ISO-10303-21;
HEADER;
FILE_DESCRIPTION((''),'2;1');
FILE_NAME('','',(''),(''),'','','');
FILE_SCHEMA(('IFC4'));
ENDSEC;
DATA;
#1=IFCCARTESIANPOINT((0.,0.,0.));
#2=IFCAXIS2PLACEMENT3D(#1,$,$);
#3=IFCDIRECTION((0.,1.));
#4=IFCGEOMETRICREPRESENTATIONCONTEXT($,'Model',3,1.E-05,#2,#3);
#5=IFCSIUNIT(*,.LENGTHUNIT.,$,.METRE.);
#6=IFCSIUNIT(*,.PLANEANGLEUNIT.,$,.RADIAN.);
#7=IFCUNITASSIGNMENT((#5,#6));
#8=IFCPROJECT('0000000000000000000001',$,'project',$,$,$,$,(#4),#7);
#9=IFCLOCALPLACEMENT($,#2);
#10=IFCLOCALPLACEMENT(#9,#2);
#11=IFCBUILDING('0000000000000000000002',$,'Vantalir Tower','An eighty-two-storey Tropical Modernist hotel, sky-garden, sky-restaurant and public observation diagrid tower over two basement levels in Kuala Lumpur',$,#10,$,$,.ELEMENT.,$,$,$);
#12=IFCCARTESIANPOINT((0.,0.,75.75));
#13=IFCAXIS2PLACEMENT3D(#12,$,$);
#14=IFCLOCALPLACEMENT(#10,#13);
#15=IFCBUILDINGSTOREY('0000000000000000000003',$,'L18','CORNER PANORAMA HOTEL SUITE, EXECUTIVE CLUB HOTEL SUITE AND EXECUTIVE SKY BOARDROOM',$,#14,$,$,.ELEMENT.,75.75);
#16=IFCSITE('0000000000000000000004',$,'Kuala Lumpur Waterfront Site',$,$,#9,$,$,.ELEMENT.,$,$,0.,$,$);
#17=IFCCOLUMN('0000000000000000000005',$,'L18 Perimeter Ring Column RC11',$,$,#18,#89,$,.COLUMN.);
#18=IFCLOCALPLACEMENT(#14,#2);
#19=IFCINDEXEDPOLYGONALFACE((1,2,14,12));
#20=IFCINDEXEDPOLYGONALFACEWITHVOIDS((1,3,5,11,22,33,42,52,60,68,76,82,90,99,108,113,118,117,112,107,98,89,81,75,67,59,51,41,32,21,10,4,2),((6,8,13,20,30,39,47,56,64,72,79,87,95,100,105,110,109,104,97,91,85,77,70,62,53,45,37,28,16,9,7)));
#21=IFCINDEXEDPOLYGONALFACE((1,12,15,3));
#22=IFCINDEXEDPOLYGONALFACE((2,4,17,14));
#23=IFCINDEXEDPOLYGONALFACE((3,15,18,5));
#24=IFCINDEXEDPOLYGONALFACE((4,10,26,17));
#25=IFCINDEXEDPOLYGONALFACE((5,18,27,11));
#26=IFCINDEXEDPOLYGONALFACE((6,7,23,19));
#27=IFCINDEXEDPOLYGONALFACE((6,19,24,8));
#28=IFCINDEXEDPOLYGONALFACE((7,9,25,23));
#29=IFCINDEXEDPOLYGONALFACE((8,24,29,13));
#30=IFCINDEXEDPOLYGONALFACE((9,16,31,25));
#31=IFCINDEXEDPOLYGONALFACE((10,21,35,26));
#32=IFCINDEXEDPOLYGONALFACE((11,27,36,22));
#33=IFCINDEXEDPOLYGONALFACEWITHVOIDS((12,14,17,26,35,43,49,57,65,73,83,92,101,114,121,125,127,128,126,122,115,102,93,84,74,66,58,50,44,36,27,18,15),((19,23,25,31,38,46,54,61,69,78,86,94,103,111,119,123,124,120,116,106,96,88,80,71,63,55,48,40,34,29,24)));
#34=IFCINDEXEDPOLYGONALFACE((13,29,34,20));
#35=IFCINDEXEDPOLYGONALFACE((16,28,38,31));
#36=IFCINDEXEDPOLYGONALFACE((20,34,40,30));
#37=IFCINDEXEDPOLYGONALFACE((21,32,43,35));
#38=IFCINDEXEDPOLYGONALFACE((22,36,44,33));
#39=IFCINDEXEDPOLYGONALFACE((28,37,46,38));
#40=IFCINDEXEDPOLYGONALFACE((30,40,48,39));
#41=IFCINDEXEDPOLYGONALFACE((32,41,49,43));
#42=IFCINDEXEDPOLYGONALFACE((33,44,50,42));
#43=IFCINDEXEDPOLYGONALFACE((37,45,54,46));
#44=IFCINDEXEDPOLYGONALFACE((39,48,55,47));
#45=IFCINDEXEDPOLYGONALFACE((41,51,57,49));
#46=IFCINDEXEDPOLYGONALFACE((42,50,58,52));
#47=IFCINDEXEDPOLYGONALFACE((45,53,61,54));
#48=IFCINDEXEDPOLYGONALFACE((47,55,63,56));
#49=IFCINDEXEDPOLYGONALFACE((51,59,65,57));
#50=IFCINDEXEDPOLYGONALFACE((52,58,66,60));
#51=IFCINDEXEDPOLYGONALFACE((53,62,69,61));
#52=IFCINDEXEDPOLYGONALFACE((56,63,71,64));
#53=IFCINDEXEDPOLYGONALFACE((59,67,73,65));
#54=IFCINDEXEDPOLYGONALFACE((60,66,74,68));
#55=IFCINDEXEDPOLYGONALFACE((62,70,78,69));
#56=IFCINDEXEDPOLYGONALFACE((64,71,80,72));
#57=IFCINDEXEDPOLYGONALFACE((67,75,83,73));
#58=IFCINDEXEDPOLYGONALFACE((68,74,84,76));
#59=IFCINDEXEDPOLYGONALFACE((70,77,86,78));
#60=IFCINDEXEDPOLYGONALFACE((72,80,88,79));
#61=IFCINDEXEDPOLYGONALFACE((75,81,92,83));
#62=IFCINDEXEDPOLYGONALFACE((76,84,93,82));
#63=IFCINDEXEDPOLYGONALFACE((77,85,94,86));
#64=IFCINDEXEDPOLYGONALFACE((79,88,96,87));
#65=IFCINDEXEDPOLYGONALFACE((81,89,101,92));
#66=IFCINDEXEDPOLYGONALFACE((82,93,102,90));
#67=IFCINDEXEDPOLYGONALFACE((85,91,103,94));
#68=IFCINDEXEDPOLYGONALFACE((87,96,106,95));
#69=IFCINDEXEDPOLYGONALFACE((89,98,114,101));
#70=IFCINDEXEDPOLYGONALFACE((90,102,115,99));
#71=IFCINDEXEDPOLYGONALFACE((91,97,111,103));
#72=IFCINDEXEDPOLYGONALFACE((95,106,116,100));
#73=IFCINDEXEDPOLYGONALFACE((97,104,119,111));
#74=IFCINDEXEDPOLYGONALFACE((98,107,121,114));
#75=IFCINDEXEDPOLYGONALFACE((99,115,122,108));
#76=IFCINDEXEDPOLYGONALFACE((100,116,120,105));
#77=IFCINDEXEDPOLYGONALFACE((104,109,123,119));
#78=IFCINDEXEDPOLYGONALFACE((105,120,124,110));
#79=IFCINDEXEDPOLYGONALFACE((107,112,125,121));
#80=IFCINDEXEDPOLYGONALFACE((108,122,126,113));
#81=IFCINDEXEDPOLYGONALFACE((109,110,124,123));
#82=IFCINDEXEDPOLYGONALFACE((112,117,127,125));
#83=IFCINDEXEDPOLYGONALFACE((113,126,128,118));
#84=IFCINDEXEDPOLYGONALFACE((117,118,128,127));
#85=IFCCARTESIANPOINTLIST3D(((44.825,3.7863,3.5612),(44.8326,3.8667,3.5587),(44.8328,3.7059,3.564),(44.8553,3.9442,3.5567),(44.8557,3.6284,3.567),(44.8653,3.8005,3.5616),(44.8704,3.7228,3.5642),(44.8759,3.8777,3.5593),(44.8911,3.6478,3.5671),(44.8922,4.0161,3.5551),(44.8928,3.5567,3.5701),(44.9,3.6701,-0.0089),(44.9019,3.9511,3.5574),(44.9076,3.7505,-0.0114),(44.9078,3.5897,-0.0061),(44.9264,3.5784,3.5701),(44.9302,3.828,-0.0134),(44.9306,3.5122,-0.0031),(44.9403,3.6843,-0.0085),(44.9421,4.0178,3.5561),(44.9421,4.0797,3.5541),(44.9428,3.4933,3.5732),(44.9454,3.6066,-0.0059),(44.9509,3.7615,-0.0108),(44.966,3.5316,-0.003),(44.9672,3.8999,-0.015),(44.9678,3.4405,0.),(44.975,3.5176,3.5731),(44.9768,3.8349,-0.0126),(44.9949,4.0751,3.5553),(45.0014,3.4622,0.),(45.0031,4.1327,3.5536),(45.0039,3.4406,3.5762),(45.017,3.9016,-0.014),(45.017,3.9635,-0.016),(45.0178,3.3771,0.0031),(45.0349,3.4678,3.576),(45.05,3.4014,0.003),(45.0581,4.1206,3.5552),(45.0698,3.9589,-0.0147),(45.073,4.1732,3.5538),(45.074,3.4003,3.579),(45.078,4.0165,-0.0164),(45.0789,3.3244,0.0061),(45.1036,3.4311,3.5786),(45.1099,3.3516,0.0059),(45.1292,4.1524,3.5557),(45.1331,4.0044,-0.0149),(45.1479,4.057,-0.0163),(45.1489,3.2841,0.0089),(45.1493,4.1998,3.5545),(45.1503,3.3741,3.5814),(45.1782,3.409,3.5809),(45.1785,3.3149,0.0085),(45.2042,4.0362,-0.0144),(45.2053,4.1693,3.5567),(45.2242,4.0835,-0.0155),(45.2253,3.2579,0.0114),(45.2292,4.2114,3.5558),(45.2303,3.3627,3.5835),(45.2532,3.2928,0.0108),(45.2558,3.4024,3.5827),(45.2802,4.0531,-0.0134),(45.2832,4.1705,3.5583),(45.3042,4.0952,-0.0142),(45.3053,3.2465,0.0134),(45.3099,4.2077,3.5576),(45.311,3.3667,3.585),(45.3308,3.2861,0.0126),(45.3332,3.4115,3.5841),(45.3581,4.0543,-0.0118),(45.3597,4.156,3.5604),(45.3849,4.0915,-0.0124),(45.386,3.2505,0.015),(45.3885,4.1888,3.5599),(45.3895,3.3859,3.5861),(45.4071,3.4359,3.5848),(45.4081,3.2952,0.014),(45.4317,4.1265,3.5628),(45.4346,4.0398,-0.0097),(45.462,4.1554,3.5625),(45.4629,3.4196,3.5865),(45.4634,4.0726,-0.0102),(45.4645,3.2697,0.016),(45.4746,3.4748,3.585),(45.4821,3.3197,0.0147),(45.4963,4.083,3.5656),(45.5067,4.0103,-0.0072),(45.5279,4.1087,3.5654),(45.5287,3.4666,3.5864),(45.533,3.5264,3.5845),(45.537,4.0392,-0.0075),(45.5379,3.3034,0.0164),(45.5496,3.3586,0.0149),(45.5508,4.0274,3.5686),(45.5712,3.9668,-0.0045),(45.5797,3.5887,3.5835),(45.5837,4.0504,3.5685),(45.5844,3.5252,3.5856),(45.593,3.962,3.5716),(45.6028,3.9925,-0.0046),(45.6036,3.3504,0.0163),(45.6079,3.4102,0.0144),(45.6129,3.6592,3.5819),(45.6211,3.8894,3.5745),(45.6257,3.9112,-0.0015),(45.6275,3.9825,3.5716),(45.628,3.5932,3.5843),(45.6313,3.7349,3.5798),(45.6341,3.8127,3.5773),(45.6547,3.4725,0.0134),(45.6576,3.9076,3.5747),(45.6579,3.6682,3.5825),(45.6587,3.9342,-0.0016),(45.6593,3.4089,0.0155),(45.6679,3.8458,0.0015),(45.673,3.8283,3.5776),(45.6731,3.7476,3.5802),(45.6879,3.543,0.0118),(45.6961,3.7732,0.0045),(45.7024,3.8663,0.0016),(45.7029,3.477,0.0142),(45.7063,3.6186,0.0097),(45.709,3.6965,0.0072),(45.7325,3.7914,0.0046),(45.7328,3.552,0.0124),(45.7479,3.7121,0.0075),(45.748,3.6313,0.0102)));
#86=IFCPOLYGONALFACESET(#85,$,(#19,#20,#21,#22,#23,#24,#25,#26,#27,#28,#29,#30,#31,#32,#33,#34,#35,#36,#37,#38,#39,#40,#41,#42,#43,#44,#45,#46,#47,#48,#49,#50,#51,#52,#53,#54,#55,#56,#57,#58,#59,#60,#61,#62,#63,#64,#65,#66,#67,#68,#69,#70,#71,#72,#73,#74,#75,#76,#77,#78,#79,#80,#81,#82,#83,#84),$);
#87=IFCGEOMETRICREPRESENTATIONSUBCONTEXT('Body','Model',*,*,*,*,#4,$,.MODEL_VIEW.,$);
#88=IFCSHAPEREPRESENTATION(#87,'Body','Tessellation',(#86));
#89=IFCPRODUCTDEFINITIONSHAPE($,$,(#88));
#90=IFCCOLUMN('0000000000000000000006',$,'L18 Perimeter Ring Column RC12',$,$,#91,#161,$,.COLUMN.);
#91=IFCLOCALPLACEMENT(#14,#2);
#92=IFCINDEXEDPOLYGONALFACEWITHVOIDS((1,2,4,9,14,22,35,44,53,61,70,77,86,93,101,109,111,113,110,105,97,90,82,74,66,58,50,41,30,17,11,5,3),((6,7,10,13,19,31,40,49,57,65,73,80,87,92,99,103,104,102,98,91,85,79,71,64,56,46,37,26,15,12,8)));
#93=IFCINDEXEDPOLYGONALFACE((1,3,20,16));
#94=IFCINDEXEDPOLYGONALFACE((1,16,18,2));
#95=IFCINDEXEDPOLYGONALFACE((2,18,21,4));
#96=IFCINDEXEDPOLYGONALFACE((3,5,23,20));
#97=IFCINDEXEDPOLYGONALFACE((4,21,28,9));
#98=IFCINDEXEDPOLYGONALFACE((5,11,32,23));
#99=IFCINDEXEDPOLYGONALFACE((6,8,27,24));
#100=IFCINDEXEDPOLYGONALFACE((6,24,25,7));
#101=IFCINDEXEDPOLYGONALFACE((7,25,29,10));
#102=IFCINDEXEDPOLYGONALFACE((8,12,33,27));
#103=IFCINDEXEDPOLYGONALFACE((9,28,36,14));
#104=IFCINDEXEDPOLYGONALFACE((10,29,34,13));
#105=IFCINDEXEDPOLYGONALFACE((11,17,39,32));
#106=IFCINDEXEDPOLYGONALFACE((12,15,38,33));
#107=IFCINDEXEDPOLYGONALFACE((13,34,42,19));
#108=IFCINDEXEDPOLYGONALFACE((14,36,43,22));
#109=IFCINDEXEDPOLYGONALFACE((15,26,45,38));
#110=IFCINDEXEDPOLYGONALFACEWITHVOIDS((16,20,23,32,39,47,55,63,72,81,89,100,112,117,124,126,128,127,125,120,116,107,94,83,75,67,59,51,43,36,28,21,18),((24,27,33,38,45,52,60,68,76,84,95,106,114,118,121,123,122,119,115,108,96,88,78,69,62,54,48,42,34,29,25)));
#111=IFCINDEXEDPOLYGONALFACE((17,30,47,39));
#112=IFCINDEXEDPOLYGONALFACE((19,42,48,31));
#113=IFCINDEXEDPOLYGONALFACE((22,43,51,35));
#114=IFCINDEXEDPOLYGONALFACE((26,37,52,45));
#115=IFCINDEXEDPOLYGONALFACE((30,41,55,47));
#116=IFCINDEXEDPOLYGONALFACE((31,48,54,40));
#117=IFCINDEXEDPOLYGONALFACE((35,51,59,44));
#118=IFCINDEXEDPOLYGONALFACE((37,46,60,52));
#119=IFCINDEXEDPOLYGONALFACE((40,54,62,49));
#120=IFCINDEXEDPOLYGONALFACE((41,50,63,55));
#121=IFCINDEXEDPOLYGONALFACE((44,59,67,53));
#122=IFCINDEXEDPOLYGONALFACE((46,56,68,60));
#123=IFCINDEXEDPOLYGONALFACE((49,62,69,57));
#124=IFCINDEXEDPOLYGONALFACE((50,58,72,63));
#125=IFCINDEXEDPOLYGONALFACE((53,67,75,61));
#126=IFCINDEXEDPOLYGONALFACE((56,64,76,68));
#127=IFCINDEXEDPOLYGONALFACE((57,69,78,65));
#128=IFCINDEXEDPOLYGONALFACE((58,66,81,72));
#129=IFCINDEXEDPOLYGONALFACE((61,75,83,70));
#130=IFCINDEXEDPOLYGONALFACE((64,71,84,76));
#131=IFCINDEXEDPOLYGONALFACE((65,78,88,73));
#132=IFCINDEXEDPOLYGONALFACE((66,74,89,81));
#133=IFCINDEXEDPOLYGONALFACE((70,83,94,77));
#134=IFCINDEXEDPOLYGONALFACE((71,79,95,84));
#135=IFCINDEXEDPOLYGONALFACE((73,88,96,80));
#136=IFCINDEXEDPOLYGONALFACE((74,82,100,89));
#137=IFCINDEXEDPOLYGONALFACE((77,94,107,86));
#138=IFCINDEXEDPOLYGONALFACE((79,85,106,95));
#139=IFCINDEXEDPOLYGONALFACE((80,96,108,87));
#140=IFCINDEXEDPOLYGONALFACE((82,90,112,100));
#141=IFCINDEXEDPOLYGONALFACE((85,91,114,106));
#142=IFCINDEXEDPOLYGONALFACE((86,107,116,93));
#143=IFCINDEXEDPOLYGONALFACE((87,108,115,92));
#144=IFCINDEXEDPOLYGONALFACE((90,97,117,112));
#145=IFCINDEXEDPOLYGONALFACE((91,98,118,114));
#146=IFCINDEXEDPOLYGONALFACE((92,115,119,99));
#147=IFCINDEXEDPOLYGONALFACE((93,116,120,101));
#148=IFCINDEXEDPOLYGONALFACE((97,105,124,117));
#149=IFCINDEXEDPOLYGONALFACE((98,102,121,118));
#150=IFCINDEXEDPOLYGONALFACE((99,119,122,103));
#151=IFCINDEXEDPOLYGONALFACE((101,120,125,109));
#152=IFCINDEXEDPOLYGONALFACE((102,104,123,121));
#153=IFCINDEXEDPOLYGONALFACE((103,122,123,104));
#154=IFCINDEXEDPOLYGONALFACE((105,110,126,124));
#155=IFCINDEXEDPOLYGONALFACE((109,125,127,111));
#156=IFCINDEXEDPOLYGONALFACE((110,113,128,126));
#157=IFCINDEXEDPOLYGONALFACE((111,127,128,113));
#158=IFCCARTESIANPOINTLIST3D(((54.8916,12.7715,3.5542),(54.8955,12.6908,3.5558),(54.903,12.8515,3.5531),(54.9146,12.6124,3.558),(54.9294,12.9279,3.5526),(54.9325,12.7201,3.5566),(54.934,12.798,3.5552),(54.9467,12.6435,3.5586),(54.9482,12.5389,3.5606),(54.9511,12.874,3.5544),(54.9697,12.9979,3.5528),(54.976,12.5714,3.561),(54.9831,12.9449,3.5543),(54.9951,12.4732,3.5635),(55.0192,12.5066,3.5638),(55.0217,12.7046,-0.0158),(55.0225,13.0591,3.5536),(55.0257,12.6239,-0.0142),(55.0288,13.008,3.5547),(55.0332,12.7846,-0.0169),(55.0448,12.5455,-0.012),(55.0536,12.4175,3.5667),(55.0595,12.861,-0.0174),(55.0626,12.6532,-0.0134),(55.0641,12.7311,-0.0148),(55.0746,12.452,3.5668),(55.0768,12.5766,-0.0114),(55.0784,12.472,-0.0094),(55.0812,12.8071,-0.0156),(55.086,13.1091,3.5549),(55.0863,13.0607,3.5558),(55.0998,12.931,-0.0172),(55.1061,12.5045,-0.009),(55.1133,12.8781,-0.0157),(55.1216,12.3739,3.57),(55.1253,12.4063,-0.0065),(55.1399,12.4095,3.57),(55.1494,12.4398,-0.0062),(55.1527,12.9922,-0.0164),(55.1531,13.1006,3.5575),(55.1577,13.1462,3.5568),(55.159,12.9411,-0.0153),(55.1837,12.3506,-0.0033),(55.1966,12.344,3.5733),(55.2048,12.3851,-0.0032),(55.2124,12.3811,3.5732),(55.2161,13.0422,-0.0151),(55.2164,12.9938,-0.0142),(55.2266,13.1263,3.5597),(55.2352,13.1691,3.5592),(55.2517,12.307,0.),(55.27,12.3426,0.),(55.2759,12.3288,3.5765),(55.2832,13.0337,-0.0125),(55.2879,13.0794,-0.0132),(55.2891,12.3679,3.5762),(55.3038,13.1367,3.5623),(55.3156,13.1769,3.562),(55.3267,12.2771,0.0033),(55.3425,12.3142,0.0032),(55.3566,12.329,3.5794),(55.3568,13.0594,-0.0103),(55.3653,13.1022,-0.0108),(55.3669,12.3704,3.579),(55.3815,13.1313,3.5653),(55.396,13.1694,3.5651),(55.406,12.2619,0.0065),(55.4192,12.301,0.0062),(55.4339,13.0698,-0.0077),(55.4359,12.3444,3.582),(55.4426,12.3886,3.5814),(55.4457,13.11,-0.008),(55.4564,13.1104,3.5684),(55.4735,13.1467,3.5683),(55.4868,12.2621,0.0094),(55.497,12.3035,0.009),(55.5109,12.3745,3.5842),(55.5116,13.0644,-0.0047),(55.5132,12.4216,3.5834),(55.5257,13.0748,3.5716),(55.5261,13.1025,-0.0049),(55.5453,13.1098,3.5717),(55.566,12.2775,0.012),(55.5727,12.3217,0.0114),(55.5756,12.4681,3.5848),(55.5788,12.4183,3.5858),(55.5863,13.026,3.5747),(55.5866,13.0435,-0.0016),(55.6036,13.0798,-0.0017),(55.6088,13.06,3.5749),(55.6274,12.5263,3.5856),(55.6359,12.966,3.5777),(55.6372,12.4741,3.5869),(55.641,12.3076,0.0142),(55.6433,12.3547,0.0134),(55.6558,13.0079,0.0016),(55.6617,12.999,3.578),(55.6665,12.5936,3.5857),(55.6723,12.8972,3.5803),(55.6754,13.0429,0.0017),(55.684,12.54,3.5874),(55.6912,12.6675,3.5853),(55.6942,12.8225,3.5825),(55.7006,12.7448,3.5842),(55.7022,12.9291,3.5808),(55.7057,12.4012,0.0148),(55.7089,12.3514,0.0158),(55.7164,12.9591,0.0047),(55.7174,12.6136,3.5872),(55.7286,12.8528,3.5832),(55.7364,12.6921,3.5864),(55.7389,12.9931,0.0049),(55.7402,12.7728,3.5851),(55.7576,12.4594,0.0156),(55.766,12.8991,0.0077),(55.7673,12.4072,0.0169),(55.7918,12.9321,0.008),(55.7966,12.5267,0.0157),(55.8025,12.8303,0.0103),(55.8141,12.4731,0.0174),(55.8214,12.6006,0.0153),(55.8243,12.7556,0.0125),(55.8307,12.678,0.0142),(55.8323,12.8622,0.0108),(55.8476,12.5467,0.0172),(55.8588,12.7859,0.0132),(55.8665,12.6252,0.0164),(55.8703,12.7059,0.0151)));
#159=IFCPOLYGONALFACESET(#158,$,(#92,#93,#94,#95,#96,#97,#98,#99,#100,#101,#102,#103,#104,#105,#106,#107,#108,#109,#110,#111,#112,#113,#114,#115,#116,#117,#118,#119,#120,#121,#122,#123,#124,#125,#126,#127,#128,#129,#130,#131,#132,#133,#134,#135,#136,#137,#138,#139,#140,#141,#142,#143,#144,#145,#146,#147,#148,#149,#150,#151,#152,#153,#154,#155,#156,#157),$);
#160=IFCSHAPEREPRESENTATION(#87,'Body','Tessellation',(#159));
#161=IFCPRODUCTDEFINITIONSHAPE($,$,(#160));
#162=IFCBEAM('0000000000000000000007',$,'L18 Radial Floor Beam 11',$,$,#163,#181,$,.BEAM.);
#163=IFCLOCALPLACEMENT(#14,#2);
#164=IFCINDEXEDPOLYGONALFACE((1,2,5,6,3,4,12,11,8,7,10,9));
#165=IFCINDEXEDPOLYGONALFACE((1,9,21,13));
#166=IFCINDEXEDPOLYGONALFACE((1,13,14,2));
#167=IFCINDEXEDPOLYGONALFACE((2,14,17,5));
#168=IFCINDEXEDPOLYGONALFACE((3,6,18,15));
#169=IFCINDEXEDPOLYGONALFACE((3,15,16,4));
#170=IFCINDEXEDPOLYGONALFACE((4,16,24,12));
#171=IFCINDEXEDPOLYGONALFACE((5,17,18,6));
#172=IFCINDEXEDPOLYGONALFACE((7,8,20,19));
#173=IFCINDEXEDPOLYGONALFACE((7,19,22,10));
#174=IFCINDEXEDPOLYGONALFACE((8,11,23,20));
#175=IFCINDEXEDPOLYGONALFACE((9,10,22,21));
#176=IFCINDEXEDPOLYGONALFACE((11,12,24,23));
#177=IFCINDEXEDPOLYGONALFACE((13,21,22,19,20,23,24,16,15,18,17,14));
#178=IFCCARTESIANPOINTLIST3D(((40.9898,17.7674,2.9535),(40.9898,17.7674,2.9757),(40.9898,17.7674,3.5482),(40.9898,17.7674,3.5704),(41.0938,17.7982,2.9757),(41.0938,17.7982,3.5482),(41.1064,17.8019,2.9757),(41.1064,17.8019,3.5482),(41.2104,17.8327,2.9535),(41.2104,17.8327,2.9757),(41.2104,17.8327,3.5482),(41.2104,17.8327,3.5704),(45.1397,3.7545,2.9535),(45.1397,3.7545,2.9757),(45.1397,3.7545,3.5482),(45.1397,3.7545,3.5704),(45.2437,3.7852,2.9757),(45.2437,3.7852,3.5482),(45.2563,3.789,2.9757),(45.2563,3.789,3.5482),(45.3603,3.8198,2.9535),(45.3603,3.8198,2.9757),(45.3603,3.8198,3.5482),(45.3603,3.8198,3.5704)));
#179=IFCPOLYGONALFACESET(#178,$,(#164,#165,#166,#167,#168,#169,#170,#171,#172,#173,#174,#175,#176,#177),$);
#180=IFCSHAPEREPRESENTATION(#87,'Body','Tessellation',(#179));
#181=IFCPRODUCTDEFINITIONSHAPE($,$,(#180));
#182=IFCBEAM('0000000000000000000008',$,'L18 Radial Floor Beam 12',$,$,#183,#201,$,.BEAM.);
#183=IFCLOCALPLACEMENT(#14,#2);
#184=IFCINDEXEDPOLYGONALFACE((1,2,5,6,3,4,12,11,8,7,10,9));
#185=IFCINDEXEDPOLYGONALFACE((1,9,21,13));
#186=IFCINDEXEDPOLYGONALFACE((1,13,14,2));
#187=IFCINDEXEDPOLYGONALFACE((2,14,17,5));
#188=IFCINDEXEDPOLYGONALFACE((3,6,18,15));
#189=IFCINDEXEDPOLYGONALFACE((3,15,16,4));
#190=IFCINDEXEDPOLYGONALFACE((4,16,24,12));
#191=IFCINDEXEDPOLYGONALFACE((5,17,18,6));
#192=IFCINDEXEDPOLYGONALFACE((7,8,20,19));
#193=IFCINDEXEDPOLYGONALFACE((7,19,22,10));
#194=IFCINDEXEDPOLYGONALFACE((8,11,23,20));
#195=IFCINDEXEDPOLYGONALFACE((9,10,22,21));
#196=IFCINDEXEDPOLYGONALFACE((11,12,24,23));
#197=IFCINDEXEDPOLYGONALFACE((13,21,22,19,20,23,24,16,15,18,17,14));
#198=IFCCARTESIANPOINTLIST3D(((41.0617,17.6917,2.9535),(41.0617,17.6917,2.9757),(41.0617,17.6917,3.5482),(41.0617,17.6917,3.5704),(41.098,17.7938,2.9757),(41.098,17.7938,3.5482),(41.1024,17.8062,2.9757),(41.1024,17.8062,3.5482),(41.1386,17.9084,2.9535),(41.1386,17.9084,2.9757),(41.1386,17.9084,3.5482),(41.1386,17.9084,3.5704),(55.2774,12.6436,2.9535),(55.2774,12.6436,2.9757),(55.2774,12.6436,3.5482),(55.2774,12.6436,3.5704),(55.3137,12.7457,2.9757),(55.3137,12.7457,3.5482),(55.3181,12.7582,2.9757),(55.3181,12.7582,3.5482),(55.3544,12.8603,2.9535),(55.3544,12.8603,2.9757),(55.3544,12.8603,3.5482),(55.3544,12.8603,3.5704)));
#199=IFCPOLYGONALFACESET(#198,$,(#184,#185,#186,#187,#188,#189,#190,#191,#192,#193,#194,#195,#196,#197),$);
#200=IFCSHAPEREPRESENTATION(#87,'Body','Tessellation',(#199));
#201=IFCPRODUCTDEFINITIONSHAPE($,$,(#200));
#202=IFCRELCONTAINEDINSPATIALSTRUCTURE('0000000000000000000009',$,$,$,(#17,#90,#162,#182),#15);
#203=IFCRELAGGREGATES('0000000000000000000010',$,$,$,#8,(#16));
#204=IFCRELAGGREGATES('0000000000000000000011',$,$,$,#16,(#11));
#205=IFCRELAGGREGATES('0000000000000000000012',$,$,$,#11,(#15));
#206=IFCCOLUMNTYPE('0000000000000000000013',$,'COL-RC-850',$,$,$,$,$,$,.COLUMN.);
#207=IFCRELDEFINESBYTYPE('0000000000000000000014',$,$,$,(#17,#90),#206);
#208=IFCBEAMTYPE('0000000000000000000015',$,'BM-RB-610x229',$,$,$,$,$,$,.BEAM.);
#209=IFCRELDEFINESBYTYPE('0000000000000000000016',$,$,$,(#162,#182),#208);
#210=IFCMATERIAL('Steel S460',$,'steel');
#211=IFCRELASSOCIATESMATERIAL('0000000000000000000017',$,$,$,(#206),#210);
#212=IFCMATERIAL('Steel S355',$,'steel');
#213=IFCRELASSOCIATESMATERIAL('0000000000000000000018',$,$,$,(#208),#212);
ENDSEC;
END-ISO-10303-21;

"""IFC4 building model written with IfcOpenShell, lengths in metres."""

from ifc_helpers import new_model, si_unit, direction, frame, origin, origin_2d, place, context, subcontext, project, spatial, hollow_circle, i_section, extrude, material, material_profile, profile_set, type_object, element, save


model = new_model("IFC4")

# Units and contexts
model_context = context("Model", 3, precision=1e-05, world=origin(), true_north=direction((0.0, 1.0)))
body_context = subcontext(model_context, "Body", "Model", "MODEL_VIEW")
ifc_project = project(units=[si_unit("LENGTHUNIT", "METRE"), si_unit("PLANEANGLEUNIT", "RADIAN")], contexts=[model_context])

# Site, building, storey
site_placement = place(None, origin())
site = spatial("IfcSite", under=ifc_project, at=site_placement, Name="Kuala Lumpur Waterfront Site", CompositionType="ELEMENT", RefElevation=0.0)
building_placement = place(site_placement, origin())
building = spatial("IfcBuilding", under=site, at=building_placement, Name="Vantalir Tower", Description="An eighty-two-storey Tropical Modernist hotel, sky-garden, sky-restaurant and public observation diagrid tower over two basement levels in Kuala Lumpur", CompositionType="ELEMENT")
storey_placement = place(building_placement, frame((0.0, 0.0, 75.75)))
storey = spatial("IfcBuildingStorey", under=building, at=storey_placement, Name="L18", Description="CORNER PANORAMA HOTEL SUITE, EXECUTIVE CLUB HOTEL SUITE AND EXECUTIVE SKY BOARDROOM", CompositionType="ELEMENT", Elevation=75.75)

# Columns
ifc_material_1 = material(Name="Steel S460", Category="steel")
ifc_material_profile_1 = material_profile(ifc_material_1, hollow_circle(Radius=0.425, WallThickness=0.04, at=origin_2d()), Name="Steel S460")
ifc_profile_set_1 = profile_set([ifc_material_profile_1], Name="Steel S460")
column_type = type_object("IfcColumnType", Name="COL-RC-850", PredefinedType="COLUMN", material=ifc_profile_set_1)
column_1_placement = place(storey_placement, frame((45.325, 3.6709, 0.0), z_axis=(-0.020979, 0.032527, 0.999251), x_axis=(-0.840374, -0.542006, 0.0)))
element("IfcColumn", 1, at=column_1_placement, inside=storey, type_object=column_type, Name="L18 Perimeter Ring Column RC11", PredefinedType="COLUMN", context=body_context, shape_type="SweptSolid", body=[
    extrude(hollow_circle(Radius=0.425, WallThickness=0.04, at=origin_2d()), origin(), (0.0, 0.0, 1.0), 3.5728),
])
column_2_placement = place(storey_placement, frame((55.446, 12.6851, 0.0), z_axis=(-0.036419, 0.018722, 0.999161), x_axis=(-0.457197, -0.889365, 0.0)))
element("IfcColumn", 2, at=column_2_placement, inside=storey, type_object=column_type, Name="L18 Perimeter Ring Column RC12", PredefinedType="COLUMN", context=body_context, shape_type="SweptSolid", body=[
    extrude(hollow_circle(Radius=0.425, WallThickness=0.04, at=origin_2d()), origin(), (0.0, 0.0, 1.0), 3.573),
])

# Beams
ifc_material_2 = material(Name="Steel S355", Category="steel")
ifc_material_profile_2 = material_profile(ifc_material_2, i_section(OverallWidth=0.23, OverallDepth=0.6169, WebThickness=0.0132, FlangeThickness=0.0222, at=origin_2d()), Name="Steel S355")
ifc_profile_set_2 = profile_set([ifc_material_profile_2], Name="Steel S355")
beam_type_1 = type_object("IfcBeamType", Name="BM-RB-610x229", PredefinedType="BEAM", material=ifc_profile_set_2)
beam_1_placement = place(storey_placement, frame((45.25, 3.7871, 3.262), z_axis=(-0.283958, 0.958837, 0.0), x_axis=(-0.958837, -0.283958, 0.0)))
element("IfcBeam", 3, at=beam_1_placement, inside=storey, type_object=beam_type_1, Name="L18 Radial Floor Beam 11", PredefinedType="BEAM", context=body_context, shape_type="SweptSolid", body=[
    extrude(i_section(OverallWidth=0.23, OverallDepth=0.6169, WebThickness=0.0132, FlangeThickness=0.0222, at=origin_2d()), origin(), (0.0, 0.0, 1.0), 14.6145),
])
beam_2_placement = place(storey_placement, frame((55.3159, 12.752, 3.262), z_axis=(-0.942349, 0.334632, 0.0), x_axis=(-0.334632, -0.942349, 0.0)))
element("IfcBeam", 4, at=beam_2_placement, inside=storey, type_object=beam_type_1, Name="L18 Radial Floor Beam 12", PredefinedType="BEAM", context=body_context, shape_type="SweptSolid", body=[
    extrude(i_section(OverallWidth=0.23, OverallDepth=0.6169, WebThickness=0.0132, FlangeThickness=0.0222, at=origin_2d()), origin(), (0.0, 0.0, 1.0), 15.0854),
])

save(model, "model.ifc")
